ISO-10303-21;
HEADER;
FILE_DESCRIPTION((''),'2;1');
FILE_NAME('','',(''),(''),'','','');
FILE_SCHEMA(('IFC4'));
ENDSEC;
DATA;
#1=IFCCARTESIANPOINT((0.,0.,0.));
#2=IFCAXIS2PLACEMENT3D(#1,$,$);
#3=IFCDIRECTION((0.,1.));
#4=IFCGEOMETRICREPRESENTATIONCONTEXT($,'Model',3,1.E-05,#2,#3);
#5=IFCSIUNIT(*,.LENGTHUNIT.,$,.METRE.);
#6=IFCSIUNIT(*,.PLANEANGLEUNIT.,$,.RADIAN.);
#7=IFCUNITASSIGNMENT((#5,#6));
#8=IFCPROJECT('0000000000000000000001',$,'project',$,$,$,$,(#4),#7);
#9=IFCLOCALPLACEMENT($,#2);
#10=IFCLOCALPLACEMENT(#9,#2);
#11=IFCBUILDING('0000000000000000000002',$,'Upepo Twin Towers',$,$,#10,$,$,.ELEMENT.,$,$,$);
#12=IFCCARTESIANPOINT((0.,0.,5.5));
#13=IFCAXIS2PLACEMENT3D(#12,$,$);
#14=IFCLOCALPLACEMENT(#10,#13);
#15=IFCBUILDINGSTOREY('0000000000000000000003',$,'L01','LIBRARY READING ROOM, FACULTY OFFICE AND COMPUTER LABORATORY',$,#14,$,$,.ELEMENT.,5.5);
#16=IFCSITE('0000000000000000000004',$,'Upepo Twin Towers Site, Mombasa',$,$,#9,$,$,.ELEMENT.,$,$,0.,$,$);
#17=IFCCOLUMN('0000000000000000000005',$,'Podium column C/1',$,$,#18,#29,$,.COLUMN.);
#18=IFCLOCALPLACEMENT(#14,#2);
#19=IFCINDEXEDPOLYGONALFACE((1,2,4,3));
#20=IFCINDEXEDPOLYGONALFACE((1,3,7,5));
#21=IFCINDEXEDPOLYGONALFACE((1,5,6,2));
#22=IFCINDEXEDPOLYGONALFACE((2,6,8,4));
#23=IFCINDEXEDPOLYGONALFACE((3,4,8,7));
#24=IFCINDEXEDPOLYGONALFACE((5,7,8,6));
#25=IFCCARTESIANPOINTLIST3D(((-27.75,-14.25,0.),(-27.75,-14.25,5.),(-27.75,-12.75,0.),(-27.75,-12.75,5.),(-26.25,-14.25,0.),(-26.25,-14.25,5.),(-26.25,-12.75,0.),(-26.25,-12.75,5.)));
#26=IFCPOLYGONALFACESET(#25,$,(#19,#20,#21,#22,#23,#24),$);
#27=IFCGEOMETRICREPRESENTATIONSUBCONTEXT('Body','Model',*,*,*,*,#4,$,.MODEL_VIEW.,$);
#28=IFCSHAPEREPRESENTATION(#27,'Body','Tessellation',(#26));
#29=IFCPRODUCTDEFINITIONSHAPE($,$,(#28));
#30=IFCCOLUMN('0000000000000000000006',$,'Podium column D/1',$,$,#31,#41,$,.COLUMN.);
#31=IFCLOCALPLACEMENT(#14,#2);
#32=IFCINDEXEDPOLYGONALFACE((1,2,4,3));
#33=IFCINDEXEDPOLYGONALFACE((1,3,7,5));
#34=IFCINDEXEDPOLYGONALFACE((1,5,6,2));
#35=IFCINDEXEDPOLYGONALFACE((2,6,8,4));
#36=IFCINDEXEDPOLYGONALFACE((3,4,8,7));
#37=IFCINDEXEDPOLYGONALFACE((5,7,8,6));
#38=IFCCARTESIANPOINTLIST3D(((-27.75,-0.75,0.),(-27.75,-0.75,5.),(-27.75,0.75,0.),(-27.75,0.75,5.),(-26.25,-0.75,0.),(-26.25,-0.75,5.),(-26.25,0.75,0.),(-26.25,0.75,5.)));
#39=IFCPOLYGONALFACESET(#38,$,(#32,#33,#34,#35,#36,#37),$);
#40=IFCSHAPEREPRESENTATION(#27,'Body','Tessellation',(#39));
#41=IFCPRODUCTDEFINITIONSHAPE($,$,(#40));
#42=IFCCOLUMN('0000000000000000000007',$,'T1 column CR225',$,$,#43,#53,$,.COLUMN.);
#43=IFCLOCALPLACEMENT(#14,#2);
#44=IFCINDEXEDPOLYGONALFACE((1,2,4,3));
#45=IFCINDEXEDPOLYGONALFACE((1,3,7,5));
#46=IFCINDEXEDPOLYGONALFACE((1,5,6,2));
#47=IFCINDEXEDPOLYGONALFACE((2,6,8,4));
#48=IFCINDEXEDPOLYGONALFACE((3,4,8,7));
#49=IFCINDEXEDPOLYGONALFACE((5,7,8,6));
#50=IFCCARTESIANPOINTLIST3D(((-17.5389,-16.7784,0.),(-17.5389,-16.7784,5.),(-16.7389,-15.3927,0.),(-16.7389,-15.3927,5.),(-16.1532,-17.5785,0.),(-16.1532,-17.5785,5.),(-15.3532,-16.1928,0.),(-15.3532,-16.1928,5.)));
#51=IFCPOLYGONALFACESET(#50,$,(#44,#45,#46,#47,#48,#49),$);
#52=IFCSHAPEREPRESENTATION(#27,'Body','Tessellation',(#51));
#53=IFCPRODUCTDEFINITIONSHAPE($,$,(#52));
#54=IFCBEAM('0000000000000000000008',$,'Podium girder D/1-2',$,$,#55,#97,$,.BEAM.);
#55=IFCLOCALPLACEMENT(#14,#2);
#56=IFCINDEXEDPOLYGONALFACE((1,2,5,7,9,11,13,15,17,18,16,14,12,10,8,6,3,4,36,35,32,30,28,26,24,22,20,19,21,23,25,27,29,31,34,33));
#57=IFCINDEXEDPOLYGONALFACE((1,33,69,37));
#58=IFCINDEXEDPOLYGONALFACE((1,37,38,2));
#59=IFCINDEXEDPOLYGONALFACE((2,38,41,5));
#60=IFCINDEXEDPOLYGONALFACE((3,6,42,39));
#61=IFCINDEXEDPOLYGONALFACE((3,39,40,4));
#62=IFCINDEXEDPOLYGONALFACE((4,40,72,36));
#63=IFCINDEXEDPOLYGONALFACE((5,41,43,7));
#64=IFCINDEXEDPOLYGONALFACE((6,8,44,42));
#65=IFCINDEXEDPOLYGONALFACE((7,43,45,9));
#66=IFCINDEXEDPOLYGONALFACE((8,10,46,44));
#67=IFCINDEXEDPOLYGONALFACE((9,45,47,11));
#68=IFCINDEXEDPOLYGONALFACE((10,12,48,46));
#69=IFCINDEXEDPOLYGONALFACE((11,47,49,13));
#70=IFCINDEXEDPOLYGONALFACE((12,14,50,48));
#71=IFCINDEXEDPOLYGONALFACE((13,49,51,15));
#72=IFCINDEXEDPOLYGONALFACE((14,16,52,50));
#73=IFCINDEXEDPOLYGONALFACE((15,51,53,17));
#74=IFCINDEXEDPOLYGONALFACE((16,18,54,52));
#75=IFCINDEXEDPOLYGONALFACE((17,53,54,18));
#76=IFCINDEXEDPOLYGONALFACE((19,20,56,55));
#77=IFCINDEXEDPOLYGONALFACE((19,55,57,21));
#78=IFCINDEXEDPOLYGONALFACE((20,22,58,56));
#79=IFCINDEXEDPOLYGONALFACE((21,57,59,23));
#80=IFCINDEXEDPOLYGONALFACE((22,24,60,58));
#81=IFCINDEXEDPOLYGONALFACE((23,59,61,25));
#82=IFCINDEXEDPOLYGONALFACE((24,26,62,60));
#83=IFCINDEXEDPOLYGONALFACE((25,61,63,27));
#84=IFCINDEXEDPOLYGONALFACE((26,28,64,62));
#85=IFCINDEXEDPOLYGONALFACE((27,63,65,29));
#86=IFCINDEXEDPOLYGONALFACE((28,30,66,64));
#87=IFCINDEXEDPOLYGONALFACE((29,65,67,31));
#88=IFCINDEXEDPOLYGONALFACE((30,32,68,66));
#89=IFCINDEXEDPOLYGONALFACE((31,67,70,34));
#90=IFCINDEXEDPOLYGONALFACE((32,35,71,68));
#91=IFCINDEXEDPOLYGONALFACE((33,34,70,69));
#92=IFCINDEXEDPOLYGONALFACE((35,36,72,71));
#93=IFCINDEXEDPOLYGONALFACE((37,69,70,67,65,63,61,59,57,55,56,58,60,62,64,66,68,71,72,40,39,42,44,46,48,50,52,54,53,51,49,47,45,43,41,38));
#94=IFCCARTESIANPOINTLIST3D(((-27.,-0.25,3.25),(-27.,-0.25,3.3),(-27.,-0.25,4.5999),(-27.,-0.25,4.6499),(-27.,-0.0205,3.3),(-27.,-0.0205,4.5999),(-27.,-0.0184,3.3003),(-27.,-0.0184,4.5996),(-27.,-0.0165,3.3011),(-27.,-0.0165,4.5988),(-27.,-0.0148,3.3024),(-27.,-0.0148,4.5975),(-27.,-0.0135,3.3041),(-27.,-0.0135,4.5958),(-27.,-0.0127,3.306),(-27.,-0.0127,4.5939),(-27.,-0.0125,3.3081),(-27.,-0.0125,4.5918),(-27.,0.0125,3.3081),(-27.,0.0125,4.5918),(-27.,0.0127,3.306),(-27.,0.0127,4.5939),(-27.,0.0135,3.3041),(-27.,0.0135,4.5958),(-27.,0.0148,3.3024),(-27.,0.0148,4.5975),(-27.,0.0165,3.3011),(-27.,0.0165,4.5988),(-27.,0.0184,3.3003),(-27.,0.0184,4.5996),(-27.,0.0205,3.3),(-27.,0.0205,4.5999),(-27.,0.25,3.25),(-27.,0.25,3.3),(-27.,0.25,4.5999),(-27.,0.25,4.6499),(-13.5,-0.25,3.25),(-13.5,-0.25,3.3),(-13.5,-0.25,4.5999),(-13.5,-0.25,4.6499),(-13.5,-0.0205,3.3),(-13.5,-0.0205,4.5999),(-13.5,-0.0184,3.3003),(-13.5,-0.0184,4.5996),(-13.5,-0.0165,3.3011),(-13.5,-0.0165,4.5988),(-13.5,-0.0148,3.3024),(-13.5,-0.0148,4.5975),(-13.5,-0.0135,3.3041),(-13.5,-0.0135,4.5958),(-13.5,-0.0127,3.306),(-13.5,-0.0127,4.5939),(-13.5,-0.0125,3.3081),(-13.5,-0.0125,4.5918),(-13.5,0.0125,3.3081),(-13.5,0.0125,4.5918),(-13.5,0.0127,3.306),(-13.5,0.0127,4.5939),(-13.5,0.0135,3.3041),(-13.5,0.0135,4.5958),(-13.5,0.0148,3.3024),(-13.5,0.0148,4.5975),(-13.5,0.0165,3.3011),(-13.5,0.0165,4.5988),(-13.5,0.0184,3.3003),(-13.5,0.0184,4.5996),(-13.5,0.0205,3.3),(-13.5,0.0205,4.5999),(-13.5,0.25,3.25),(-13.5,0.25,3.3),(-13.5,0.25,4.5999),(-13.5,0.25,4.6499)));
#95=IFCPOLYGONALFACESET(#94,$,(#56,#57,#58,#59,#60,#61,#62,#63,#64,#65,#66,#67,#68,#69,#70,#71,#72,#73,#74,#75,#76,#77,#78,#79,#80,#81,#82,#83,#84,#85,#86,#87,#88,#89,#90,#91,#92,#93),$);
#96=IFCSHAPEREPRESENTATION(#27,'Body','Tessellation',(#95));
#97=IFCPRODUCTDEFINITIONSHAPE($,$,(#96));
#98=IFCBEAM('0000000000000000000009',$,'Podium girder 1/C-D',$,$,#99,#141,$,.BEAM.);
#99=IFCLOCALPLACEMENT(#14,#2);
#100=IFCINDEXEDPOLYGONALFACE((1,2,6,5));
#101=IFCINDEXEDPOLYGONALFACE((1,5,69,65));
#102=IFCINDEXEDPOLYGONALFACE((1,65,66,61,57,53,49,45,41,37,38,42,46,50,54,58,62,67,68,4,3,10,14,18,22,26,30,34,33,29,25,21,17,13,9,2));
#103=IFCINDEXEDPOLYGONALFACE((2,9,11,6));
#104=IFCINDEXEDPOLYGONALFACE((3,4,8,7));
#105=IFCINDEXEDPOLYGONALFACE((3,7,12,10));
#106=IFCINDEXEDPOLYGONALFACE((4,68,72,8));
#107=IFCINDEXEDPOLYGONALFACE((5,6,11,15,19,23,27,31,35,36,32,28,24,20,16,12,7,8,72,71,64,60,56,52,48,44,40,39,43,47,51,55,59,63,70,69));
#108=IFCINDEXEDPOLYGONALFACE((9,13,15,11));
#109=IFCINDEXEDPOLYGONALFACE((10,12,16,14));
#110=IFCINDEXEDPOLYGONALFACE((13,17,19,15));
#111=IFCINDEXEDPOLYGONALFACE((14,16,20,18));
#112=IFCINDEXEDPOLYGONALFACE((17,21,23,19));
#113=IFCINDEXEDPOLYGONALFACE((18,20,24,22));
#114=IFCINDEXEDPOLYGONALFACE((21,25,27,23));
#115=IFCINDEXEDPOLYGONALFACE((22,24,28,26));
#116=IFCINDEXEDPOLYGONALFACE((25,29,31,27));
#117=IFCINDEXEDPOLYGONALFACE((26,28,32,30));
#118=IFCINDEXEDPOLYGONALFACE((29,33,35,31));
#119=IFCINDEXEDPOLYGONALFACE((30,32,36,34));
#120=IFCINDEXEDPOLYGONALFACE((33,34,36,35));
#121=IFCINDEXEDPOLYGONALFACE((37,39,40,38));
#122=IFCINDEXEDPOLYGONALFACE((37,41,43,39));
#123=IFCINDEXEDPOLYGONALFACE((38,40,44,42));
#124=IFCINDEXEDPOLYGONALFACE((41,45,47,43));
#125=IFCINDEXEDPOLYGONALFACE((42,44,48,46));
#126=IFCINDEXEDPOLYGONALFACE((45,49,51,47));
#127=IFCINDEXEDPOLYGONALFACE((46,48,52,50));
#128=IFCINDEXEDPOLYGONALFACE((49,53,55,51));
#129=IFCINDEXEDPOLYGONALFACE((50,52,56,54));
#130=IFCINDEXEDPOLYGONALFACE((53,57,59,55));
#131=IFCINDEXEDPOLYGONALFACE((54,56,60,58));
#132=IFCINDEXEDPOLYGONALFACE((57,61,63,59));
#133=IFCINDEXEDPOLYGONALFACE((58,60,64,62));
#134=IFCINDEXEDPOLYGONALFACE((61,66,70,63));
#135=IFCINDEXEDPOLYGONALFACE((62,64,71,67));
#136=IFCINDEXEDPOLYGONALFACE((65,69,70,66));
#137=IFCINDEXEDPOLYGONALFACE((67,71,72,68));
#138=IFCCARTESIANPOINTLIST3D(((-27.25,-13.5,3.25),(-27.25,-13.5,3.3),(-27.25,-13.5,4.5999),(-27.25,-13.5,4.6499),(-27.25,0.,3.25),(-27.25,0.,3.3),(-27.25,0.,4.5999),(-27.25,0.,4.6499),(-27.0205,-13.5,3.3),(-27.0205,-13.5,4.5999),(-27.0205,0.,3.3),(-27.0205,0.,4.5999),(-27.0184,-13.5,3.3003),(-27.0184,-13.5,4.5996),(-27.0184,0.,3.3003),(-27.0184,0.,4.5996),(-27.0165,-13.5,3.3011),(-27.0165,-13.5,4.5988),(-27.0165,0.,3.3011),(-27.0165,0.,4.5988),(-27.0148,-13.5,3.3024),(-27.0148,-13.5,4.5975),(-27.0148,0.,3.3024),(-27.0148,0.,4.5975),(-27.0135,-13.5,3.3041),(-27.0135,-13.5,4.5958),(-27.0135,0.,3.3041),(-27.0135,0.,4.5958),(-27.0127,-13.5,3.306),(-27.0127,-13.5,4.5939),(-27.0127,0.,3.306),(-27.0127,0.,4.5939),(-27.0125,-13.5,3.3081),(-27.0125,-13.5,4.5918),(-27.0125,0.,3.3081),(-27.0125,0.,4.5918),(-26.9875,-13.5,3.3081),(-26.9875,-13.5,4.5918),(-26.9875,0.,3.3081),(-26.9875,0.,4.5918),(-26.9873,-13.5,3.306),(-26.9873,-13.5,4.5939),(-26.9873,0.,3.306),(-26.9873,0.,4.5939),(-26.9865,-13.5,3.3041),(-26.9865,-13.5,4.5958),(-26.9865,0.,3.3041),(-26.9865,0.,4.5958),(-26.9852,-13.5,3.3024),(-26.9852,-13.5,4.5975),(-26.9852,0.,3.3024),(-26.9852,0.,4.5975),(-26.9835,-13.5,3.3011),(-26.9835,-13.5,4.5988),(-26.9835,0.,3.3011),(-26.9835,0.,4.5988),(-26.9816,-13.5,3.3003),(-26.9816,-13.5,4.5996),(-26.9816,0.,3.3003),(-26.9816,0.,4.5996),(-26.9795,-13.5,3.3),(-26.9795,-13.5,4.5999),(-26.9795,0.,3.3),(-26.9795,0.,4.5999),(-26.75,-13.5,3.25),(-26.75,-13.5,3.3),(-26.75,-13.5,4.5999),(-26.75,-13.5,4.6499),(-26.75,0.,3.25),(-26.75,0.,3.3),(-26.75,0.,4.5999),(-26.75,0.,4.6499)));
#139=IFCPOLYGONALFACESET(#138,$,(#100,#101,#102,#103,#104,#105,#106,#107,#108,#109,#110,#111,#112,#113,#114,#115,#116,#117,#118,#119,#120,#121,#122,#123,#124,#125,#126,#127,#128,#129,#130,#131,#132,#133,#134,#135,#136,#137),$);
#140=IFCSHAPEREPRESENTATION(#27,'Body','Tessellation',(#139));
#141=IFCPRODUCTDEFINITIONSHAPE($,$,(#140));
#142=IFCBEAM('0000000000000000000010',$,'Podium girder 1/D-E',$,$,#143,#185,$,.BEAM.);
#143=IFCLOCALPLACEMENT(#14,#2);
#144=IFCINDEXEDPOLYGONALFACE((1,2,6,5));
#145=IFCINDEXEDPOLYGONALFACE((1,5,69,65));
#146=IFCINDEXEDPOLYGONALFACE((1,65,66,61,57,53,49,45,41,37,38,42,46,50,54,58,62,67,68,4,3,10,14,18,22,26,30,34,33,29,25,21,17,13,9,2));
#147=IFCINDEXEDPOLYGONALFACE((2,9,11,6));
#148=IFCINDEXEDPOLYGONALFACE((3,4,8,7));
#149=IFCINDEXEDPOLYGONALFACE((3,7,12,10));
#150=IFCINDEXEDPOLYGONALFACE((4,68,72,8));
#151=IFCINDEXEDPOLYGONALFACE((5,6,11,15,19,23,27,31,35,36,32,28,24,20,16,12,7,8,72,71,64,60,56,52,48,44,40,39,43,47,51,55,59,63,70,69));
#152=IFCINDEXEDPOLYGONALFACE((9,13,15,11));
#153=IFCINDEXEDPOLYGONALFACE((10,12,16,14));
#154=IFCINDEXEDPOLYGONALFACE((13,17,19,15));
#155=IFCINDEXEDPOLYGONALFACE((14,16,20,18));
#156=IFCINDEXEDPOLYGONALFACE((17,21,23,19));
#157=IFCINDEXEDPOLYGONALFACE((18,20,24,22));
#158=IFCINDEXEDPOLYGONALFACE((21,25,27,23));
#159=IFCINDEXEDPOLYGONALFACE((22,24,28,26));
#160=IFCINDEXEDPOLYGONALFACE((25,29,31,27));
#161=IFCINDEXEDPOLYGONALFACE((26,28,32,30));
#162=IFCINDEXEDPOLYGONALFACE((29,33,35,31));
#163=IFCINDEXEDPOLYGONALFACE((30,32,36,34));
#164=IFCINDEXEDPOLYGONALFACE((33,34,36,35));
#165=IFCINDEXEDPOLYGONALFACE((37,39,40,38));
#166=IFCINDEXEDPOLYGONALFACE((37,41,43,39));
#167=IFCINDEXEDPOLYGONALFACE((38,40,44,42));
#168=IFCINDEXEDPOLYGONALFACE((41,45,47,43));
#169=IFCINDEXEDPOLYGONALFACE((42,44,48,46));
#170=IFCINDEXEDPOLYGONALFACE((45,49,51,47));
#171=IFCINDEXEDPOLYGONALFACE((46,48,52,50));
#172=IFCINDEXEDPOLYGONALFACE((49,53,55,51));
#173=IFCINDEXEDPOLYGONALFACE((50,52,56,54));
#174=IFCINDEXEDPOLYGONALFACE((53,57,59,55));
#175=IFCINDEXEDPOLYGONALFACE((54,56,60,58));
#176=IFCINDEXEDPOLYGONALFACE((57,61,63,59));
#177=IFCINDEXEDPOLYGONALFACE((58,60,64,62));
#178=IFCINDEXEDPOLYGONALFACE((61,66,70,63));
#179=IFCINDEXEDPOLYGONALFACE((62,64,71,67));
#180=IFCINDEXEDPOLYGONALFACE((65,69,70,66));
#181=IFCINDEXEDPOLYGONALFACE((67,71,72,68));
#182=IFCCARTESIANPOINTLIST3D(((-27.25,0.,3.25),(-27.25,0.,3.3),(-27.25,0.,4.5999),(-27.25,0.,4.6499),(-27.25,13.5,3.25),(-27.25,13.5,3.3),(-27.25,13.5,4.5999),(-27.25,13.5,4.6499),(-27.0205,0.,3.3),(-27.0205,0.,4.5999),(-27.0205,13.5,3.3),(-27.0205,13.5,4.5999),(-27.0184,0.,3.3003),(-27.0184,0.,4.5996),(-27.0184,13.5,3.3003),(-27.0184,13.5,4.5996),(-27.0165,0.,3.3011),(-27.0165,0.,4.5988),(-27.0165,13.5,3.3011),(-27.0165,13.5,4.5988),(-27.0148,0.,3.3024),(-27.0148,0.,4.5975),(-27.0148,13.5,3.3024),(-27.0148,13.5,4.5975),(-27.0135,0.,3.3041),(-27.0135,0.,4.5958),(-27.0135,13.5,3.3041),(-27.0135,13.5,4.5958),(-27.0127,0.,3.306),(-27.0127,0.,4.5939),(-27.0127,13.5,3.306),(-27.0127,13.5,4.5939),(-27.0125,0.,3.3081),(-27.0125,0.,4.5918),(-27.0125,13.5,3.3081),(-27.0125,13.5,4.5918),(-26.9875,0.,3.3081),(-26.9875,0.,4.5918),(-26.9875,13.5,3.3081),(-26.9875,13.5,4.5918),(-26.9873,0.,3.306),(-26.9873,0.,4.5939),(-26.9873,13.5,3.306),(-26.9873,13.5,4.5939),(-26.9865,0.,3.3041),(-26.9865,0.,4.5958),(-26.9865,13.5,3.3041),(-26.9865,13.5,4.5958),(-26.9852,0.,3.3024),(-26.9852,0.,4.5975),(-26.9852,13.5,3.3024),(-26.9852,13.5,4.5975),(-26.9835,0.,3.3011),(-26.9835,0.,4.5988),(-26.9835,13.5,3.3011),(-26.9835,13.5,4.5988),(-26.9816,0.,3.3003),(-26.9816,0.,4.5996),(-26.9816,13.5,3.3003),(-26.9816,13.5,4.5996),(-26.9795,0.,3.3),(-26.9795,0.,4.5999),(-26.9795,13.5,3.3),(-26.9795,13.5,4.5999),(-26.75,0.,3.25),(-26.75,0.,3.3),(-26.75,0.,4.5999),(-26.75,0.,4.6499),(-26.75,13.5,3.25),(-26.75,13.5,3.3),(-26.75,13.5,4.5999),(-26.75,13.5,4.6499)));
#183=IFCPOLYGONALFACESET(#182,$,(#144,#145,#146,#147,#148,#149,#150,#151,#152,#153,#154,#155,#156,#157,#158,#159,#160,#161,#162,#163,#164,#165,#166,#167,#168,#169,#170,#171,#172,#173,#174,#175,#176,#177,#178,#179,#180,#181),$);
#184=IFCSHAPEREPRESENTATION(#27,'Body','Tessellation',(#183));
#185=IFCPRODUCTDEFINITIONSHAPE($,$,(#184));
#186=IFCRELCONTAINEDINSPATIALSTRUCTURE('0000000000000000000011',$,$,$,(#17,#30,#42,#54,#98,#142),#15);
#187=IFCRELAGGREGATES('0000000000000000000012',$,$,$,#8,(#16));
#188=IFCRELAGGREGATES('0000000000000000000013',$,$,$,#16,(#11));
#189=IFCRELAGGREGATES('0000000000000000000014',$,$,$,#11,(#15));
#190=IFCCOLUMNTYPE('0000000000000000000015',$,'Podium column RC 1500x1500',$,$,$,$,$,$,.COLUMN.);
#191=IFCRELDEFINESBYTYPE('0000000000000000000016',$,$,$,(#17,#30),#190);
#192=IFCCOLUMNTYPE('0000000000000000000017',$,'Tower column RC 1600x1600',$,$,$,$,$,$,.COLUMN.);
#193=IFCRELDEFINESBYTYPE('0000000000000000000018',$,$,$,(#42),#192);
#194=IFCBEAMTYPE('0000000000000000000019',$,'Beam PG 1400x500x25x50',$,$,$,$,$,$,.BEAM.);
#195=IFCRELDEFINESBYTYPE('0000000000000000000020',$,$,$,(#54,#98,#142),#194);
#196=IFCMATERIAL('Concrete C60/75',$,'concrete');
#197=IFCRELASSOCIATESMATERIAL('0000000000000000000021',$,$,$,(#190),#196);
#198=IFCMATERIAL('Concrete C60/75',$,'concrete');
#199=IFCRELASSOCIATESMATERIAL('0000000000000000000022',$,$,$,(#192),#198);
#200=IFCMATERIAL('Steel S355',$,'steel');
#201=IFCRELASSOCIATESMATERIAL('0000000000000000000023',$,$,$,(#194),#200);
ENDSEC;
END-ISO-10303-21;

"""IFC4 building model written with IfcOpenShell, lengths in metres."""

from ifc_helpers import new_model, si_unit, direction, frame, origin, origin_2d, place, context, subcontext, project, spatial, rectangle, i_section, extrude, material, material_profile, profile_set, type_object, element, save


model = new_model("IFC4")

# Units and contexts
model_context = context("Model", 3, precision=1e-05, world=origin(), true_north=direction((0.0, 1.0)))
body_context = subcontext(model_context, "Body", "Model", "MODEL_VIEW")
ifc_project = project(units=[si_unit("LENGTHUNIT", "METRE"), si_unit("PLANEANGLEUNIT", "RADIAN")], contexts=[model_context])

# Site, building, storey
site_placement = place(None, origin())
site = spatial("IfcSite", under=ifc_project, at=site_placement, Name="Upepo Twin Towers Site, Mombasa", CompositionType="ELEMENT", RefElevation=0.0)
building_placement = place(site_placement, origin())
building = spatial("IfcBuilding", under=site, at=building_placement, Name="Upepo Twin Towers", CompositionType="ELEMENT")
storey_placement = place(building_placement, frame((0.0, 0.0, 5.5)))
storey = spatial("IfcBuildingStorey", under=building, at=storey_placement, Name="L01", Description="LIBRARY READING ROOM, FACULTY OFFICE AND COMPUTER LABORATORY", CompositionType="ELEMENT", Elevation=5.5)

# Columns
ifc_material_1 = material(Name="Concrete C60/75", Category="concrete")
ifc_material_profile_1 = material_profile(ifc_material_1, rectangle(XDim=1.5, YDim=1.5, at=origin_2d()), Name="RC 1500x1500")
ifc_profile_set_1 = profile_set([ifc_material_profile_1], Name="Concrete C60/75")
column_type_1 = type_object("IfcColumnType", Name="Podium column RC 1500x1500", PredefinedType="COLUMN", material=ifc_profile_set_1)
for number, where, z_axis, x_axis, name in (
    (1, (-27.0, -13.5, 0.0), (0.0, 0.0, 1.0), (1.0, 0.0, 0.0), "Podium column C/1"),
    (2, (-27.0, 0.0, 0.0), (0.0, 0.0, 1.0), (1.0, 0.0, 0.0), "Podium column D/1"),
):
    element("IfcColumn", number, at=place(storey_placement, frame(where, z_axis=z_axis, x_axis=x_axis)), inside=storey, type_object=column_type_1, Name=name, PredefinedType="COLUMN", context=body_context, shape_type="SweptSolid", body=[
        extrude(rectangle(XDim=1.5, YDim=1.5, at=origin_2d()), origin(), (0.0, 0.0, 1.0), 5.0),
    ])
ifc_material_2 = material(Name="Concrete C60/75", Category="concrete")
ifc_material_profile_2 = material_profile(ifc_material_2, rectangle(XDim=1.6001, YDim=1.6001, at=origin_2d()), Name="RC 1600x1600")
ifc_profile_set_2 = profile_set([ifc_material_profile_2], Name="Concrete C60/75")
column_type_2 = type_object("IfcColumnType", Name="Tower column RC 1600x1600", PredefinedType="COLUMN", material=ifc_profile_set_2)
column_placement = place(storey_placement, frame((-16.446, -16.4856, 0.0), z_axis=(0.0, 0.0, 1.0), x_axis=(0.5, 0.866025, 0.0)))
element("IfcColumn", 3, at=column_placement, inside=storey, type_object=column_type_2, Name="T1 column CR225", PredefinedType="COLUMN", context=body_context, shape_type="SweptSolid", body=[
    extrude(rectangle(XDim=1.6001, YDim=1.6001, at=origin_2d()), origin(), (0.0, 0.0, 1.0), 5.0),
])

# Beams
ifc_material_3 = material(Name="Steel S355", Category="steel")
ifc_material_profile_3 = material_profile(ifc_material_3, i_section(OverallWidth=0.5, OverallDepth=1.3999, WebThickness=0.0249, FlangeThickness=0.05, FilletRadius=0.0081, at=origin_2d()), Name="PG 1400x500x25x50")
ifc_profile_set_3 = profile_set([ifc_material_profile_3], Name="Steel S355")
beam_type_1 = type_object("IfcBeamType", Name="Beam PG 1400x500x25x50", PredefinedType="BEAM", material=ifc_profile_set_3)
for number, where, z_axis, x_axis, name in (
    (4, (-27.0, 0.0, 3.95), (1.0, 0.0, 0.0), (0.0, 1.0, 0.0), "Podium girder D/1-2"),
    (5, (-27.0, -13.5, 3.95), (0.0, 1.0, 0.0), (-1.0, 0.0, 0.0), "Podium girder 1/C-D"),
    (6, (-27.0, 0.0, 3.95), (0.0, 1.0, 0.0), (-1.0, 0.0, 0.0), "Podium girder 1/D-E"),
):
    element("IfcBeam", number, at=place(storey_placement, frame(where, z_axis=z_axis, x_axis=x_axis)), inside=storey, type_object=beam_type_1, Name=name, PredefinedType="BEAM", context=body_context, shape_type="SweptSolid", body=[
        extrude(i_section(OverallWidth=0.5, OverallDepth=1.3999, WebThickness=0.0249, FlangeThickness=0.05, FilletRadius=0.0081, at=origin_2d()), origin(), (0.0, 0.0, 1.0), 13.5),
    ])

save(model, "model.ifc")
